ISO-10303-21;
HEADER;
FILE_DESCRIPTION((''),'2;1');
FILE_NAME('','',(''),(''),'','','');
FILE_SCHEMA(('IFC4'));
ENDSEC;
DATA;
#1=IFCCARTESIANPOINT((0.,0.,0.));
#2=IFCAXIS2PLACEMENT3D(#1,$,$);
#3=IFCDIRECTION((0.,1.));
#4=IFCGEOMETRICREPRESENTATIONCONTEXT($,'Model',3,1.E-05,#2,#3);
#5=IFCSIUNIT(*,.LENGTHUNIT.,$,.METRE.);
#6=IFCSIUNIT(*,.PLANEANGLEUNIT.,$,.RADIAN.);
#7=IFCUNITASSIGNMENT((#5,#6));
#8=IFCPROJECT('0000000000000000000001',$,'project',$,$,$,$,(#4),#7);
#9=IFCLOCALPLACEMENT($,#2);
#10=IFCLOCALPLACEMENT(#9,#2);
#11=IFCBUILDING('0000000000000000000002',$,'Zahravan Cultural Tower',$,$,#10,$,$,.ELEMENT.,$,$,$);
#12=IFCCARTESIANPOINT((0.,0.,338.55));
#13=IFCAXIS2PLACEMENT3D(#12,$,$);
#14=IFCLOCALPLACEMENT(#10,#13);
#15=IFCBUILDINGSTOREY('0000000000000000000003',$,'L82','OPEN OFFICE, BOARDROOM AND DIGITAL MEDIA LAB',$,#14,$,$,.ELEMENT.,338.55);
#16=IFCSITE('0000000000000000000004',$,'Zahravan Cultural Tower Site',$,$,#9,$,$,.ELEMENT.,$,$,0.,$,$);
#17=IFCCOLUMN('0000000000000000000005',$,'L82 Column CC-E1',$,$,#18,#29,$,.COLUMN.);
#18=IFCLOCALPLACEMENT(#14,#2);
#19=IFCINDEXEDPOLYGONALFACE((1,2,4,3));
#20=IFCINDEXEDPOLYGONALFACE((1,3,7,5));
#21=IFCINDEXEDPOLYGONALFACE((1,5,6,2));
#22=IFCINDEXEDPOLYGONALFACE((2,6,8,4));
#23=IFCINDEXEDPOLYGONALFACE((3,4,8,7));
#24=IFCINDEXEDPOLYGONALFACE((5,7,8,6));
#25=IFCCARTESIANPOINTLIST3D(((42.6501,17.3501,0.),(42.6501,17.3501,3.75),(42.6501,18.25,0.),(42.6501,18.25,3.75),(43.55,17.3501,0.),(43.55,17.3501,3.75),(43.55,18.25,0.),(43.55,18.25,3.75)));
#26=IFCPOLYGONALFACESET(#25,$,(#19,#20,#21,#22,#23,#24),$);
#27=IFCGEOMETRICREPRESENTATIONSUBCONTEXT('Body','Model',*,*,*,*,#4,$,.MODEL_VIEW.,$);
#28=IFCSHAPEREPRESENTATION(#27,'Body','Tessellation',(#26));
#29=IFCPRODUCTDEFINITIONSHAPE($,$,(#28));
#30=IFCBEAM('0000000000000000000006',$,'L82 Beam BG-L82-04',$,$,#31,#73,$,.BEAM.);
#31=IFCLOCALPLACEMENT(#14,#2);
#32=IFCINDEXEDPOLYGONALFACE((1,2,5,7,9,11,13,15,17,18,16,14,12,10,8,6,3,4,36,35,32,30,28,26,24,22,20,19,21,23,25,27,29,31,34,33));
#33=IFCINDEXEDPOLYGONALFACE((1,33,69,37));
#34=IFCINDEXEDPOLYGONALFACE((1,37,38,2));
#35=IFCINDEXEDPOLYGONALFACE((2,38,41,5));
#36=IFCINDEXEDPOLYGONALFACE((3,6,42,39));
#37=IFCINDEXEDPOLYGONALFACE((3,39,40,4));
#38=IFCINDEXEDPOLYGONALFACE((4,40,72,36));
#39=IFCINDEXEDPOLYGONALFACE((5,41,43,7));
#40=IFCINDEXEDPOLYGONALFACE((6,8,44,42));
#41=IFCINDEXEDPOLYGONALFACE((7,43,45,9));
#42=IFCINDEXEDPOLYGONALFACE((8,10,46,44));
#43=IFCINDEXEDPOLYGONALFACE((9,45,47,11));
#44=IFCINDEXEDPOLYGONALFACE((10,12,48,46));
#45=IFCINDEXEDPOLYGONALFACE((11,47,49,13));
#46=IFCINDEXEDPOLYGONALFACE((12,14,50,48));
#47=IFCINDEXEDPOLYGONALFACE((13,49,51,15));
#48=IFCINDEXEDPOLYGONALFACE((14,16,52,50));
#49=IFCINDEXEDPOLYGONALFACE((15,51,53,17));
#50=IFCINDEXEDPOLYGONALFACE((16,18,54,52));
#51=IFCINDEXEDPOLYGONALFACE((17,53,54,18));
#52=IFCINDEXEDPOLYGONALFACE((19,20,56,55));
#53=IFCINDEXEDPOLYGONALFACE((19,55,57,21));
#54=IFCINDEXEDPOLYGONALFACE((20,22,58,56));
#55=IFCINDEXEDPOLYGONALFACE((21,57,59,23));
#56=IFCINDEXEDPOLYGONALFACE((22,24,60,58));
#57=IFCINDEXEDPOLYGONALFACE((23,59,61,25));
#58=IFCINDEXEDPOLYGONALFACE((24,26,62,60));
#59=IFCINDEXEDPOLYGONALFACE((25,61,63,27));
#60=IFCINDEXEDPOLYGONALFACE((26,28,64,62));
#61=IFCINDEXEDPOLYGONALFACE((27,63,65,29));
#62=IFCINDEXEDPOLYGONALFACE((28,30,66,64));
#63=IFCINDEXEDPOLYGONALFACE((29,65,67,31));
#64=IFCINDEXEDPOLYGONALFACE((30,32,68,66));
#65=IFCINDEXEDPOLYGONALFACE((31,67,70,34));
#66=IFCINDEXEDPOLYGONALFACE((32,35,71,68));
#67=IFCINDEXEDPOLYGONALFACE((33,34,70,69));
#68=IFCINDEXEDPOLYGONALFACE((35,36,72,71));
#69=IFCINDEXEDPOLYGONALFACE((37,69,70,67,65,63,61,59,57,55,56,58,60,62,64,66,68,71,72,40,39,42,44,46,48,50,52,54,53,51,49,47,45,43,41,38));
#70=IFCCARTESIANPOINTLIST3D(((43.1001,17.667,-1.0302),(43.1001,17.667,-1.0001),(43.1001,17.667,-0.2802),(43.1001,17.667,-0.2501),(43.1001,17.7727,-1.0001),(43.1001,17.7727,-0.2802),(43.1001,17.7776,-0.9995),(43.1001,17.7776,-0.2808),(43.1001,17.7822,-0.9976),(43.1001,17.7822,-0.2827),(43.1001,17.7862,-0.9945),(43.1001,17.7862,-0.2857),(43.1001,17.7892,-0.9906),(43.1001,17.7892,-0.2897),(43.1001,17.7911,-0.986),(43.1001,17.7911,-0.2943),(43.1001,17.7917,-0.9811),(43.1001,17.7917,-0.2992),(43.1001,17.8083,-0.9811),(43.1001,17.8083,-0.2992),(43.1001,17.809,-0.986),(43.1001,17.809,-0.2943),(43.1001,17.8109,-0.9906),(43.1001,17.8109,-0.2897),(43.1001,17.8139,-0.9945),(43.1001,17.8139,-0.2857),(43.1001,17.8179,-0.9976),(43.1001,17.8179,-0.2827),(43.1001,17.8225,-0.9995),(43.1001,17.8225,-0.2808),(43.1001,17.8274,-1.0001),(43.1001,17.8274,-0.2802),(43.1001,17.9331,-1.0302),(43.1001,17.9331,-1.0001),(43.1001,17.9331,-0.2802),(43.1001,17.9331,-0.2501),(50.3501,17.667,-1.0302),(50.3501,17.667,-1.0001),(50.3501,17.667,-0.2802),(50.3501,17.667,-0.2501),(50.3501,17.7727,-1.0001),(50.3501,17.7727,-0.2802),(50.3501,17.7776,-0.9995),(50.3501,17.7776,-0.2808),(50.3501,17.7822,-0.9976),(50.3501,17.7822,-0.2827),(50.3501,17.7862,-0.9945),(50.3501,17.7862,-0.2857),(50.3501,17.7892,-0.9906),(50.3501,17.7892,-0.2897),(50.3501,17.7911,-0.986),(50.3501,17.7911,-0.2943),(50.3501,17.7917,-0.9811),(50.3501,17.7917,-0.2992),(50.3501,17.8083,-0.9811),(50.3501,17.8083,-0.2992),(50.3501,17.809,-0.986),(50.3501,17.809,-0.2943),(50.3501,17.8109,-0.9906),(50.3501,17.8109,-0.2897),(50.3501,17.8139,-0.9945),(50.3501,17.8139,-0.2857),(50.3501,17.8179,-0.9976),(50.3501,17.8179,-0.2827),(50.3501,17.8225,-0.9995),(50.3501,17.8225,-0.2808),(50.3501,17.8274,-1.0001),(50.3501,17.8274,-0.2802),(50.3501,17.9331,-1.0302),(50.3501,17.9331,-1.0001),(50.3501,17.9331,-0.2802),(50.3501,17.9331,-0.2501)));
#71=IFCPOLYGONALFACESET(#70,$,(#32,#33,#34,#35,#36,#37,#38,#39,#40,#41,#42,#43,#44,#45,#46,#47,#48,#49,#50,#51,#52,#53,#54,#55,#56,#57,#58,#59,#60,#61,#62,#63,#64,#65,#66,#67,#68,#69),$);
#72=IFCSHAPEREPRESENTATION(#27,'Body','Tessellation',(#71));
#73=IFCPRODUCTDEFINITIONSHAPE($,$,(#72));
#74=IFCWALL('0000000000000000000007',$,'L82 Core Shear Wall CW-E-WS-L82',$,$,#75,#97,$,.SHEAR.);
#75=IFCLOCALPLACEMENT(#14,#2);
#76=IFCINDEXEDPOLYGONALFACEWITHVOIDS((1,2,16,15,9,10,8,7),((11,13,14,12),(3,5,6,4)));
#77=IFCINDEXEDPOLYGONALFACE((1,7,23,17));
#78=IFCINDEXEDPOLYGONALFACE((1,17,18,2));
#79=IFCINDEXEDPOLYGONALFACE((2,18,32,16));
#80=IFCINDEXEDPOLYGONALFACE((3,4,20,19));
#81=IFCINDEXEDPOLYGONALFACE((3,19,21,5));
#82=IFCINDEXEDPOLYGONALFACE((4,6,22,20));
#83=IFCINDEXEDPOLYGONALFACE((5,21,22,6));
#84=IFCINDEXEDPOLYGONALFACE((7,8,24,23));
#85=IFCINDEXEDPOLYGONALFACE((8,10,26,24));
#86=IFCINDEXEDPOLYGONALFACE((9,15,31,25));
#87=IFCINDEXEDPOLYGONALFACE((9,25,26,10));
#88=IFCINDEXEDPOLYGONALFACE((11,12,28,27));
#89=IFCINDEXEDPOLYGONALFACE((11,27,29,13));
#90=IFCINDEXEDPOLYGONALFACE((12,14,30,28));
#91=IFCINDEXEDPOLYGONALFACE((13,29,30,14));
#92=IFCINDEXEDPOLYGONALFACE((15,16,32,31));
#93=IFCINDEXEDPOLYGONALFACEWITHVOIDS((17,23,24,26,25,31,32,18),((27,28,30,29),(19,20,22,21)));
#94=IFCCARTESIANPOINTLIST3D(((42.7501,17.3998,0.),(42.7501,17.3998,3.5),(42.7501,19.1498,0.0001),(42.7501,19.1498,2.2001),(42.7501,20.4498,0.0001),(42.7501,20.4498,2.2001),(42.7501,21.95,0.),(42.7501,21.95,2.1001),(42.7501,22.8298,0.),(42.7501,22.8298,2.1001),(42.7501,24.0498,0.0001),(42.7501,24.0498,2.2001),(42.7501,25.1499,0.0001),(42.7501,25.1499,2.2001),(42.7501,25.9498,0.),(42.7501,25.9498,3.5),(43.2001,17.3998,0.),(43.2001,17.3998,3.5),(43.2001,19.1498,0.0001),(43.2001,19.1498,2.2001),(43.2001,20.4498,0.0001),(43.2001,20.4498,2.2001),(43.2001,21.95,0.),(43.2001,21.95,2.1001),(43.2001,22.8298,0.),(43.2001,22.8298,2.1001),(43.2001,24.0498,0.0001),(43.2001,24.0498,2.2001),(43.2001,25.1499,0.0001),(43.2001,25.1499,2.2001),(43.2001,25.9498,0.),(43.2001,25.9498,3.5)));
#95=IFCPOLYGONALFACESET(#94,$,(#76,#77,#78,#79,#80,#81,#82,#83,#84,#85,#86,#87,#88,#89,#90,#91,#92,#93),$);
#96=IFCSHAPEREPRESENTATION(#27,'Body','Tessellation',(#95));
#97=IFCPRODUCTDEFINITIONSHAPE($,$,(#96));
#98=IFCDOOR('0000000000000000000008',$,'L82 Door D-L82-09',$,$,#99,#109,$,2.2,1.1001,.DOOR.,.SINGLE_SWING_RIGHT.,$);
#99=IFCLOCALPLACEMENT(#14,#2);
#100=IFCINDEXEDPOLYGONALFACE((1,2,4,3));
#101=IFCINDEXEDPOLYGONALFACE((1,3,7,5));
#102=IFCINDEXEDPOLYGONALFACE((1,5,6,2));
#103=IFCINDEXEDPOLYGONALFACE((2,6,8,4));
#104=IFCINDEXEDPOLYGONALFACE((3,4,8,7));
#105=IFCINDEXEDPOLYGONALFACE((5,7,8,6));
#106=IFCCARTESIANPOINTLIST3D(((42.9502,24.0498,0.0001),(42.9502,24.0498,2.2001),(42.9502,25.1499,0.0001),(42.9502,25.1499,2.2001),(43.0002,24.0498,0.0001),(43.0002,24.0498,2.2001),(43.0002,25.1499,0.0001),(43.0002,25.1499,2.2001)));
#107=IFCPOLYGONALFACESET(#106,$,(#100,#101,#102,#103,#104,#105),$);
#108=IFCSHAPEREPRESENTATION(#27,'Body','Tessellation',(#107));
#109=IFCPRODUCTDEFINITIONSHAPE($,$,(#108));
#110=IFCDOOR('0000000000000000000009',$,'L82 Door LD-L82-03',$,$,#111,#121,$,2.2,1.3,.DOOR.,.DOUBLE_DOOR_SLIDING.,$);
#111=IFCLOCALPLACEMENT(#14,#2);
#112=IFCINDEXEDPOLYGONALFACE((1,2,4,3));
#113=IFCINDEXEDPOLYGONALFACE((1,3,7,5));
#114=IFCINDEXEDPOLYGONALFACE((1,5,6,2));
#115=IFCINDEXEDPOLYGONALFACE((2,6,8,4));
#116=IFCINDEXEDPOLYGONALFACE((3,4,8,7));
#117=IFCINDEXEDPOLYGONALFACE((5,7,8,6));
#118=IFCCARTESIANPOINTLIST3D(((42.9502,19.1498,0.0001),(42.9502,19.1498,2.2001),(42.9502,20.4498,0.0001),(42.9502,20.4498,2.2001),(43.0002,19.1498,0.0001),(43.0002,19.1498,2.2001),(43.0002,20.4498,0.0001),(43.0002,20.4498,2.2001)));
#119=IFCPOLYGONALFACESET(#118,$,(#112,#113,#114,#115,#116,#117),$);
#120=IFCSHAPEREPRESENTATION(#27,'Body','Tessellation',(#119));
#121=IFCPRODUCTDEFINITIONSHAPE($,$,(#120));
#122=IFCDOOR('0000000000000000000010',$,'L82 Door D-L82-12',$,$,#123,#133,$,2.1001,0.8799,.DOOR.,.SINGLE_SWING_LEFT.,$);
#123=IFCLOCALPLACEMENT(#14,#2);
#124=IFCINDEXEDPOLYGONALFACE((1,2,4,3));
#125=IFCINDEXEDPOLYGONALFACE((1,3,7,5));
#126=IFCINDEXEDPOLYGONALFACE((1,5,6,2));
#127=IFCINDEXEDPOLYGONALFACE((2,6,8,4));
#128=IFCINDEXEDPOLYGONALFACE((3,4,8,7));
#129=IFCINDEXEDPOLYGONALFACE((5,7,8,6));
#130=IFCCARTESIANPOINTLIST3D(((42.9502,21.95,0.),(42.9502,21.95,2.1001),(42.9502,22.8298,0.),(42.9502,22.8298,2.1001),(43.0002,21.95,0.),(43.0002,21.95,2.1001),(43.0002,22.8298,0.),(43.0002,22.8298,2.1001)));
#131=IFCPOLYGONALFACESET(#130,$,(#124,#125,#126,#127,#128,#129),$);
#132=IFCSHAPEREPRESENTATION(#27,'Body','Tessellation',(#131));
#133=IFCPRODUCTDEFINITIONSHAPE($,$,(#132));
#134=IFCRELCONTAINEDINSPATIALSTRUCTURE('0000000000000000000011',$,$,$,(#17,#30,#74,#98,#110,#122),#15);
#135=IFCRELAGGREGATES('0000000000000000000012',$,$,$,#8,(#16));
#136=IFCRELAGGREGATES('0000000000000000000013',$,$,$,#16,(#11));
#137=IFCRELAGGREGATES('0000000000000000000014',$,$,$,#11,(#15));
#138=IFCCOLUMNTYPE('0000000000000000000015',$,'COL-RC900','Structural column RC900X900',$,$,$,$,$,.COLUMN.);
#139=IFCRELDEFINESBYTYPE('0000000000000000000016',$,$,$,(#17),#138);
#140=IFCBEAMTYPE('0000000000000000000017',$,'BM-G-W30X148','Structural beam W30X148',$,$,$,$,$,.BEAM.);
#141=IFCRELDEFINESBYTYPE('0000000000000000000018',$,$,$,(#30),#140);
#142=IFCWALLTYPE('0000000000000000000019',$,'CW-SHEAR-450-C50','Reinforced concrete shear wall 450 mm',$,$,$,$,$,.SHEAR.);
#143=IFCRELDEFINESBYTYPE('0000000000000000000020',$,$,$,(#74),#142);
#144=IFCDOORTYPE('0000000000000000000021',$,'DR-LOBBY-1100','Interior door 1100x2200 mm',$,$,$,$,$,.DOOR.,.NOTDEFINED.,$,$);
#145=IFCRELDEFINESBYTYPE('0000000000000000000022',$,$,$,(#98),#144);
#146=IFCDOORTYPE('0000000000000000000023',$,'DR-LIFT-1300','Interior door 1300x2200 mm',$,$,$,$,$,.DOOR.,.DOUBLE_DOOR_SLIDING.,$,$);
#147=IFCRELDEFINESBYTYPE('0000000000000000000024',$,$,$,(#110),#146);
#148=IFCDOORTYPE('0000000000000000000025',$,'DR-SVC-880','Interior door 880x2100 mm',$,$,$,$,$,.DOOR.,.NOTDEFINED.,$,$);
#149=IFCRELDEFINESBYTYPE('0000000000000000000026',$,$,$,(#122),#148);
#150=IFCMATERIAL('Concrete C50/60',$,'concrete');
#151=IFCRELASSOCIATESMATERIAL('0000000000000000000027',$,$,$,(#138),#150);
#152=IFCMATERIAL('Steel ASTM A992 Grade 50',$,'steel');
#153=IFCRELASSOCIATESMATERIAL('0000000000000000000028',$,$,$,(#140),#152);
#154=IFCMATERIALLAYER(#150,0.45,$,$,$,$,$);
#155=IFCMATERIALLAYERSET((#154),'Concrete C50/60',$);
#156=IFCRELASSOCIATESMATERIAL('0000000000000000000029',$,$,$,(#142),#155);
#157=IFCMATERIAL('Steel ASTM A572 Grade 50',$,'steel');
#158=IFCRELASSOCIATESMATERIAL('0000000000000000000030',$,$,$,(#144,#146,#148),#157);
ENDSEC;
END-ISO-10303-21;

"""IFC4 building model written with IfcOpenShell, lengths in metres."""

from ifc_helpers import new_model, si_unit, direction, frame, frame_2d, origin, origin_2d, place, context, subcontext, project, spatial, rectangle, i_section, extrude, source, transform, mapped, material, layer, layer_set, material_profile, profile_set, type_object, element, fill, save


model = new_model("IFC4")

# Units and contexts
model_context = context("Model", 3, precision=1e-05, world=origin(), true_north=direction((0.0, 1.0)))
body_context = subcontext(model_context, "Body", "Model", "MODEL_VIEW")
ifc_project = project(units=[si_unit("LENGTHUNIT", "METRE"), si_unit("PLANEANGLEUNIT", "RADIAN")], contexts=[model_context])

# Site, building, storey
site_placement = place(None, origin())
site = spatial("IfcSite", under=ifc_project, at=site_placement, Name="Zahravan Cultural Tower Site", CompositionType="ELEMENT", RefElevation=0.0)
building_placement = place(site_placement, origin())
building = spatial("IfcBuilding", under=site, at=building_placement, Name="Zahravan Cultural Tower", CompositionType="ELEMENT")
storey_placement = place(building_placement, frame((0.0, 0.0, 338.55)))
storey = spatial("IfcBuildingStorey", under=building, at=storey_placement, Name="L82", Description="OPEN OFFICE, BOARDROOM AND DIGITAL MEDIA LAB", CompositionType="ELEMENT", Elevation=338.55)

# Column
ifc_material_1 = material(Name="Concrete C50/60", Category="concrete")
ifc_material_profile_1 = material_profile(ifc_material_1, rectangle(XDim=0.8999, YDim=0.8999, at=origin_2d()), Name="RC900X900")
ifc_profile_set_1 = profile_set([ifc_material_profile_1], Name="Concrete C50/60")
column_type = type_object("IfcColumnType", Name="COL-RC900", Description="Structural column RC900X900", PredefinedType="COLUMN", material=ifc_profile_set_1)
shared_shape_1 = source(origin(), body_context, "Body", "SweptSolid", [
    extrude(rectangle(XDim=0.8999, YDim=0.8999, at=origin_2d()), origin(), (0.0, 0.0, 1.0), 3.75),
])
column_placement = place(storey_placement, frame((43.1001, 17.8, 0.0), z_axis=(0.0, 0.0, 1.0), x_axis=(1.0, 0.0, 0.0)))
element("IfcColumn", 1, at=column_placement, inside=storey, type_object=column_type, Name="L82 Column CC-E1", PredefinedType="COLUMN", context=body_context, shape_type="MappedRepresentation", body=[
    mapped(shared_shape_1, transform((0.0, 0.0, 0.0), x_axis=(1.0, 0.0, 0.0), y_axis=(0.0, 1.0, 0.0), z_axis=(0.0, 0.0, 1.0), scale=1.0)),
])

# Beam
ifc_material_2 = material(Name="Steel ASTM A992 Grade 50", Category="steel")
ifc_material_profile_2 = material_profile(ifc_material_2, i_section(OverallWidth=0.2661, OverallDepth=0.78, WebThickness=0.0166, FlangeThickness=0.03, FilletRadius=0.019, at=origin_2d()), Name="W30X148")
ifc_profile_set_2 = profile_set([ifc_material_profile_2], Name="Steel ASTM A992 Grade 50")
beam_type = type_object("IfcBeamType", Name="BM-G-W30X148", Description="Structural beam W30X148", PredefinedType="BEAM", material=ifc_profile_set_2)
shared_shape_2 = source(origin(), body_context, "Body", "SweptSolid", [
    extrude(i_section(OverallWidth=0.2661, OverallDepth=0.78, WebThickness=0.0166, FlangeThickness=0.03, FilletRadius=0.019, at=origin_2d()), origin(), (0.0, 0.0, 1.0), 7.25),
])
beam_placement = place(storey_placement, frame((43.1001, 17.8, -0.6401), z_axis=(1.0, 0.0, 0.0), x_axis=(0.0, 1.0, 0.0)))
element("IfcBeam", 2, at=beam_placement, inside=storey, type_object=beam_type, Name="L82 Beam BG-L82-04", PredefinedType="BEAM", context=body_context, shape_type="MappedRepresentation", body=[
    mapped(shared_shape_2, transform((0.0, 0.0, 0.0), x_axis=(1.0, 0.0, 0.0), y_axis=(0.0, 1.0, 0.0), z_axis=(0.0, 0.0, 1.0), scale=1.0)),
])

# Wall, openings, doors
ifc_layer_1 = layer(ifc_material_1, 0.45)
ifc_layer_set_1 = layer_set([ifc_layer_1], Name="Concrete C50/60")
wall_type_1 = type_object("IfcWallType", Name="CW-SHEAR-450-C50", Description="Reinforced concrete shear wall 450 mm", PredefinedType="SHEAR", material=ifc_layer_set_1)
wall_1_placement = place(storey_placement, frame((42.9751, 17.3999, 0.0), z_axis=(0.0, 0.0, 1.0), x_axis=(0.0, 1.0, 0.0)))
wall_1 = element("IfcWall", 3, at=wall_1_placement, inside=storey, type_object=wall_type_1, Name="L82 Core Shear Wall CW-E-WS-L82", PredefinedType="SHEAR", context=body_context, shape_type="SweptSolid", body=[
    extrude(rectangle(XDim=8.55, YDim=0.45, at=frame_2d((4.2749, 0.0))), origin(), (0.0, 0.0, 1.0), 3.5),
])
opening_1_placement = place(wall_1_placement, frame((6.6499, 0.0, 0.0)))
opening_1 = element("IfcOpeningElement", 4, at=opening_1_placement, cuts=wall_1, PredefinedType="OPENING", context=body_context, shape_type="SweptSolid", body=[
    extrude(rectangle(XDim=1.1001, YDim=2.2, at=frame_2d((0.55, 1.1001))), frame((0.0, 0.2349, 0.0), z_axis=(0.0, -1.0, 0.0), x_axis=(1.0, 0.0, 0.0)), (0.0, 0.0, 1.0), 0.47),
])
opening_2_placement = place(wall_1_placement, frame((1.75, 0.0, 0.0)))
opening_2 = element("IfcOpeningElement", 5, at=opening_2_placement, cuts=wall_1, PredefinedType="OPENING", context=body_context, shape_type="SweptSolid", body=[
    extrude(rectangle(XDim=1.3, YDim=2.2, at=frame_2d((0.6499, 1.1001))), frame((0.0, 0.2349, 0.0), z_axis=(0.0, -1.0, 0.0), x_axis=(1.0, 0.0, 0.0)), (0.0, 0.0, 1.0), 0.47),
])
opening_3_placement = place(wall_1_placement, frame((4.55, 0.0, 0.0)))
opening_3 = element("IfcOpeningElement", 6, at=opening_3_placement, cuts=wall_1, PredefinedType="OPENING", context=body_context, shape_type="SweptSolid", body=[
    extrude(rectangle(XDim=0.8799, YDim=2.1001, at=frame_2d((0.4399, 1.05))), frame((0.0, 0.2349, 0.0), z_axis=(0.0, -1.0, 0.0), x_axis=(1.0, 0.0, 0.0)), (0.0, 0.0, 1.0), 0.47),
])
ifc_material_3 = material(Name="Steel ASTM A572 Grade 50", Category="steel")
door_type_1 = type_object("IfcDoorType", Name="DR-LOBBY-1100", Description="Interior door 1100x2200 mm", OperationType="NOTDEFINED", PredefinedType="DOOR", material=ifc_material_3)
shared_shape_3 = source(origin(), body_context, "Body", "SweptSolid", [
    extrude(rectangle(XDim=1.1001, YDim=2.2, at=frame_2d((0.55, 1.1001))), frame((0.0, 0.0249, 0.0), z_axis=(0.0, -1.0, 0.0), x_axis=(1.0, 0.0, 0.0)), (0.0, 0.0, 1.0), 0.05),
])
door_1_placement = place(opening_1_placement, origin())
door_1 = element("IfcDoor", 7, at=door_1_placement, inside=storey, type_object=door_type_1, Name="L82 Door D-L82-09", OperationType="SINGLE_SWING_RIGHT", OverallHeight=2.2, OverallWidth=1.1001, PredefinedType="DOOR", context=body_context, shape_type="MappedRepresentation", body=[
    mapped(shared_shape_3, transform((0.0, 0.0, 0.0), x_axis=(1.0, 0.0, 0.0), y_axis=(0.0, 1.0, 0.0), z_axis=(0.0, 0.0, 1.0), scale=1.0)),
])
fill(opening_1, door_1)
door_type_2 = type_object("IfcDoorType", Name="DR-LIFT-1300", Description="Interior door 1300x2200 mm", OperationType="DOUBLE_DOOR_SLIDING", PredefinedType="DOOR", material=ifc_material_3)
shared_shape_4 = source(origin(), body_context, "Body", "SweptSolid", [
    extrude(rectangle(XDim=1.3, YDim=2.2, at=frame_2d((0.6499, 1.1001))), frame((0.0, 0.0249, 0.0), z_axis=(0.0, -1.0, 0.0), x_axis=(1.0, 0.0, 0.0)), (0.0, 0.0, 1.0), 0.05),
])
door_2_placement = place(opening_2_placement, origin())
door_2 = element("IfcDoor", 8, at=door_2_placement, inside=storey, type_object=door_type_2, Name="L82 Door LD-L82-03", OperationType="DOUBLE_DOOR_SLIDING", OverallHeight=2.2, OverallWidth=1.3, PredefinedType="DOOR", context=body_context, shape_type="MappedRepresentation", body=[
    mapped(shared_shape_4, transform((0.0, 0.0, 0.0), x_axis=(1.0, 0.0, 0.0), y_axis=(0.0, 1.0, 0.0), z_axis=(0.0, 0.0, 1.0), scale=1.0)),
])
fill(opening_2, door_2)
door_type_3 = type_object("IfcDoorType", Name="DR-SVC-880", Description="Interior door 880x2100 mm", OperationType="NOTDEFINED", PredefinedType="DOOR", material=ifc_material_3)
shared_shape_5 = source(origin(), body_context, "Body", "SweptSolid", [
    extrude(rectangle(XDim=0.8799, YDim=2.1001, at=frame_2d((0.4399, 1.05))), frame((0.0, 0.0249, 0.0), z_axis=(0.0, -1.0, 0.0), x_axis=(1.0, 0.0, 0.0)), (0.0, 0.0, 1.0), 0.05),
])
door_3_placement = place(opening_3_placement, origin())
door_3 = element("IfcDoor", 9, at=door_3_placement, inside=storey, type_object=door_type_3, Name="L82 Door D-L82-12", OperationType="SINGLE_SWING_LEFT", OverallHeight=2.1001, OverallWidth=0.8799, PredefinedType="DOOR", context=body_context, shape_type="MappedRepresentation", body=[
    mapped(shared_shape_5, transform((0.0, 0.0, 0.0), x_axis=(1.0, 0.0, 0.0), y_axis=(0.0, 1.0, 0.0), z_axis=(0.0, 0.0, 1.0), scale=1.0)),
])
fill(opening_3, door_3)

save(model, "model.ifc")
